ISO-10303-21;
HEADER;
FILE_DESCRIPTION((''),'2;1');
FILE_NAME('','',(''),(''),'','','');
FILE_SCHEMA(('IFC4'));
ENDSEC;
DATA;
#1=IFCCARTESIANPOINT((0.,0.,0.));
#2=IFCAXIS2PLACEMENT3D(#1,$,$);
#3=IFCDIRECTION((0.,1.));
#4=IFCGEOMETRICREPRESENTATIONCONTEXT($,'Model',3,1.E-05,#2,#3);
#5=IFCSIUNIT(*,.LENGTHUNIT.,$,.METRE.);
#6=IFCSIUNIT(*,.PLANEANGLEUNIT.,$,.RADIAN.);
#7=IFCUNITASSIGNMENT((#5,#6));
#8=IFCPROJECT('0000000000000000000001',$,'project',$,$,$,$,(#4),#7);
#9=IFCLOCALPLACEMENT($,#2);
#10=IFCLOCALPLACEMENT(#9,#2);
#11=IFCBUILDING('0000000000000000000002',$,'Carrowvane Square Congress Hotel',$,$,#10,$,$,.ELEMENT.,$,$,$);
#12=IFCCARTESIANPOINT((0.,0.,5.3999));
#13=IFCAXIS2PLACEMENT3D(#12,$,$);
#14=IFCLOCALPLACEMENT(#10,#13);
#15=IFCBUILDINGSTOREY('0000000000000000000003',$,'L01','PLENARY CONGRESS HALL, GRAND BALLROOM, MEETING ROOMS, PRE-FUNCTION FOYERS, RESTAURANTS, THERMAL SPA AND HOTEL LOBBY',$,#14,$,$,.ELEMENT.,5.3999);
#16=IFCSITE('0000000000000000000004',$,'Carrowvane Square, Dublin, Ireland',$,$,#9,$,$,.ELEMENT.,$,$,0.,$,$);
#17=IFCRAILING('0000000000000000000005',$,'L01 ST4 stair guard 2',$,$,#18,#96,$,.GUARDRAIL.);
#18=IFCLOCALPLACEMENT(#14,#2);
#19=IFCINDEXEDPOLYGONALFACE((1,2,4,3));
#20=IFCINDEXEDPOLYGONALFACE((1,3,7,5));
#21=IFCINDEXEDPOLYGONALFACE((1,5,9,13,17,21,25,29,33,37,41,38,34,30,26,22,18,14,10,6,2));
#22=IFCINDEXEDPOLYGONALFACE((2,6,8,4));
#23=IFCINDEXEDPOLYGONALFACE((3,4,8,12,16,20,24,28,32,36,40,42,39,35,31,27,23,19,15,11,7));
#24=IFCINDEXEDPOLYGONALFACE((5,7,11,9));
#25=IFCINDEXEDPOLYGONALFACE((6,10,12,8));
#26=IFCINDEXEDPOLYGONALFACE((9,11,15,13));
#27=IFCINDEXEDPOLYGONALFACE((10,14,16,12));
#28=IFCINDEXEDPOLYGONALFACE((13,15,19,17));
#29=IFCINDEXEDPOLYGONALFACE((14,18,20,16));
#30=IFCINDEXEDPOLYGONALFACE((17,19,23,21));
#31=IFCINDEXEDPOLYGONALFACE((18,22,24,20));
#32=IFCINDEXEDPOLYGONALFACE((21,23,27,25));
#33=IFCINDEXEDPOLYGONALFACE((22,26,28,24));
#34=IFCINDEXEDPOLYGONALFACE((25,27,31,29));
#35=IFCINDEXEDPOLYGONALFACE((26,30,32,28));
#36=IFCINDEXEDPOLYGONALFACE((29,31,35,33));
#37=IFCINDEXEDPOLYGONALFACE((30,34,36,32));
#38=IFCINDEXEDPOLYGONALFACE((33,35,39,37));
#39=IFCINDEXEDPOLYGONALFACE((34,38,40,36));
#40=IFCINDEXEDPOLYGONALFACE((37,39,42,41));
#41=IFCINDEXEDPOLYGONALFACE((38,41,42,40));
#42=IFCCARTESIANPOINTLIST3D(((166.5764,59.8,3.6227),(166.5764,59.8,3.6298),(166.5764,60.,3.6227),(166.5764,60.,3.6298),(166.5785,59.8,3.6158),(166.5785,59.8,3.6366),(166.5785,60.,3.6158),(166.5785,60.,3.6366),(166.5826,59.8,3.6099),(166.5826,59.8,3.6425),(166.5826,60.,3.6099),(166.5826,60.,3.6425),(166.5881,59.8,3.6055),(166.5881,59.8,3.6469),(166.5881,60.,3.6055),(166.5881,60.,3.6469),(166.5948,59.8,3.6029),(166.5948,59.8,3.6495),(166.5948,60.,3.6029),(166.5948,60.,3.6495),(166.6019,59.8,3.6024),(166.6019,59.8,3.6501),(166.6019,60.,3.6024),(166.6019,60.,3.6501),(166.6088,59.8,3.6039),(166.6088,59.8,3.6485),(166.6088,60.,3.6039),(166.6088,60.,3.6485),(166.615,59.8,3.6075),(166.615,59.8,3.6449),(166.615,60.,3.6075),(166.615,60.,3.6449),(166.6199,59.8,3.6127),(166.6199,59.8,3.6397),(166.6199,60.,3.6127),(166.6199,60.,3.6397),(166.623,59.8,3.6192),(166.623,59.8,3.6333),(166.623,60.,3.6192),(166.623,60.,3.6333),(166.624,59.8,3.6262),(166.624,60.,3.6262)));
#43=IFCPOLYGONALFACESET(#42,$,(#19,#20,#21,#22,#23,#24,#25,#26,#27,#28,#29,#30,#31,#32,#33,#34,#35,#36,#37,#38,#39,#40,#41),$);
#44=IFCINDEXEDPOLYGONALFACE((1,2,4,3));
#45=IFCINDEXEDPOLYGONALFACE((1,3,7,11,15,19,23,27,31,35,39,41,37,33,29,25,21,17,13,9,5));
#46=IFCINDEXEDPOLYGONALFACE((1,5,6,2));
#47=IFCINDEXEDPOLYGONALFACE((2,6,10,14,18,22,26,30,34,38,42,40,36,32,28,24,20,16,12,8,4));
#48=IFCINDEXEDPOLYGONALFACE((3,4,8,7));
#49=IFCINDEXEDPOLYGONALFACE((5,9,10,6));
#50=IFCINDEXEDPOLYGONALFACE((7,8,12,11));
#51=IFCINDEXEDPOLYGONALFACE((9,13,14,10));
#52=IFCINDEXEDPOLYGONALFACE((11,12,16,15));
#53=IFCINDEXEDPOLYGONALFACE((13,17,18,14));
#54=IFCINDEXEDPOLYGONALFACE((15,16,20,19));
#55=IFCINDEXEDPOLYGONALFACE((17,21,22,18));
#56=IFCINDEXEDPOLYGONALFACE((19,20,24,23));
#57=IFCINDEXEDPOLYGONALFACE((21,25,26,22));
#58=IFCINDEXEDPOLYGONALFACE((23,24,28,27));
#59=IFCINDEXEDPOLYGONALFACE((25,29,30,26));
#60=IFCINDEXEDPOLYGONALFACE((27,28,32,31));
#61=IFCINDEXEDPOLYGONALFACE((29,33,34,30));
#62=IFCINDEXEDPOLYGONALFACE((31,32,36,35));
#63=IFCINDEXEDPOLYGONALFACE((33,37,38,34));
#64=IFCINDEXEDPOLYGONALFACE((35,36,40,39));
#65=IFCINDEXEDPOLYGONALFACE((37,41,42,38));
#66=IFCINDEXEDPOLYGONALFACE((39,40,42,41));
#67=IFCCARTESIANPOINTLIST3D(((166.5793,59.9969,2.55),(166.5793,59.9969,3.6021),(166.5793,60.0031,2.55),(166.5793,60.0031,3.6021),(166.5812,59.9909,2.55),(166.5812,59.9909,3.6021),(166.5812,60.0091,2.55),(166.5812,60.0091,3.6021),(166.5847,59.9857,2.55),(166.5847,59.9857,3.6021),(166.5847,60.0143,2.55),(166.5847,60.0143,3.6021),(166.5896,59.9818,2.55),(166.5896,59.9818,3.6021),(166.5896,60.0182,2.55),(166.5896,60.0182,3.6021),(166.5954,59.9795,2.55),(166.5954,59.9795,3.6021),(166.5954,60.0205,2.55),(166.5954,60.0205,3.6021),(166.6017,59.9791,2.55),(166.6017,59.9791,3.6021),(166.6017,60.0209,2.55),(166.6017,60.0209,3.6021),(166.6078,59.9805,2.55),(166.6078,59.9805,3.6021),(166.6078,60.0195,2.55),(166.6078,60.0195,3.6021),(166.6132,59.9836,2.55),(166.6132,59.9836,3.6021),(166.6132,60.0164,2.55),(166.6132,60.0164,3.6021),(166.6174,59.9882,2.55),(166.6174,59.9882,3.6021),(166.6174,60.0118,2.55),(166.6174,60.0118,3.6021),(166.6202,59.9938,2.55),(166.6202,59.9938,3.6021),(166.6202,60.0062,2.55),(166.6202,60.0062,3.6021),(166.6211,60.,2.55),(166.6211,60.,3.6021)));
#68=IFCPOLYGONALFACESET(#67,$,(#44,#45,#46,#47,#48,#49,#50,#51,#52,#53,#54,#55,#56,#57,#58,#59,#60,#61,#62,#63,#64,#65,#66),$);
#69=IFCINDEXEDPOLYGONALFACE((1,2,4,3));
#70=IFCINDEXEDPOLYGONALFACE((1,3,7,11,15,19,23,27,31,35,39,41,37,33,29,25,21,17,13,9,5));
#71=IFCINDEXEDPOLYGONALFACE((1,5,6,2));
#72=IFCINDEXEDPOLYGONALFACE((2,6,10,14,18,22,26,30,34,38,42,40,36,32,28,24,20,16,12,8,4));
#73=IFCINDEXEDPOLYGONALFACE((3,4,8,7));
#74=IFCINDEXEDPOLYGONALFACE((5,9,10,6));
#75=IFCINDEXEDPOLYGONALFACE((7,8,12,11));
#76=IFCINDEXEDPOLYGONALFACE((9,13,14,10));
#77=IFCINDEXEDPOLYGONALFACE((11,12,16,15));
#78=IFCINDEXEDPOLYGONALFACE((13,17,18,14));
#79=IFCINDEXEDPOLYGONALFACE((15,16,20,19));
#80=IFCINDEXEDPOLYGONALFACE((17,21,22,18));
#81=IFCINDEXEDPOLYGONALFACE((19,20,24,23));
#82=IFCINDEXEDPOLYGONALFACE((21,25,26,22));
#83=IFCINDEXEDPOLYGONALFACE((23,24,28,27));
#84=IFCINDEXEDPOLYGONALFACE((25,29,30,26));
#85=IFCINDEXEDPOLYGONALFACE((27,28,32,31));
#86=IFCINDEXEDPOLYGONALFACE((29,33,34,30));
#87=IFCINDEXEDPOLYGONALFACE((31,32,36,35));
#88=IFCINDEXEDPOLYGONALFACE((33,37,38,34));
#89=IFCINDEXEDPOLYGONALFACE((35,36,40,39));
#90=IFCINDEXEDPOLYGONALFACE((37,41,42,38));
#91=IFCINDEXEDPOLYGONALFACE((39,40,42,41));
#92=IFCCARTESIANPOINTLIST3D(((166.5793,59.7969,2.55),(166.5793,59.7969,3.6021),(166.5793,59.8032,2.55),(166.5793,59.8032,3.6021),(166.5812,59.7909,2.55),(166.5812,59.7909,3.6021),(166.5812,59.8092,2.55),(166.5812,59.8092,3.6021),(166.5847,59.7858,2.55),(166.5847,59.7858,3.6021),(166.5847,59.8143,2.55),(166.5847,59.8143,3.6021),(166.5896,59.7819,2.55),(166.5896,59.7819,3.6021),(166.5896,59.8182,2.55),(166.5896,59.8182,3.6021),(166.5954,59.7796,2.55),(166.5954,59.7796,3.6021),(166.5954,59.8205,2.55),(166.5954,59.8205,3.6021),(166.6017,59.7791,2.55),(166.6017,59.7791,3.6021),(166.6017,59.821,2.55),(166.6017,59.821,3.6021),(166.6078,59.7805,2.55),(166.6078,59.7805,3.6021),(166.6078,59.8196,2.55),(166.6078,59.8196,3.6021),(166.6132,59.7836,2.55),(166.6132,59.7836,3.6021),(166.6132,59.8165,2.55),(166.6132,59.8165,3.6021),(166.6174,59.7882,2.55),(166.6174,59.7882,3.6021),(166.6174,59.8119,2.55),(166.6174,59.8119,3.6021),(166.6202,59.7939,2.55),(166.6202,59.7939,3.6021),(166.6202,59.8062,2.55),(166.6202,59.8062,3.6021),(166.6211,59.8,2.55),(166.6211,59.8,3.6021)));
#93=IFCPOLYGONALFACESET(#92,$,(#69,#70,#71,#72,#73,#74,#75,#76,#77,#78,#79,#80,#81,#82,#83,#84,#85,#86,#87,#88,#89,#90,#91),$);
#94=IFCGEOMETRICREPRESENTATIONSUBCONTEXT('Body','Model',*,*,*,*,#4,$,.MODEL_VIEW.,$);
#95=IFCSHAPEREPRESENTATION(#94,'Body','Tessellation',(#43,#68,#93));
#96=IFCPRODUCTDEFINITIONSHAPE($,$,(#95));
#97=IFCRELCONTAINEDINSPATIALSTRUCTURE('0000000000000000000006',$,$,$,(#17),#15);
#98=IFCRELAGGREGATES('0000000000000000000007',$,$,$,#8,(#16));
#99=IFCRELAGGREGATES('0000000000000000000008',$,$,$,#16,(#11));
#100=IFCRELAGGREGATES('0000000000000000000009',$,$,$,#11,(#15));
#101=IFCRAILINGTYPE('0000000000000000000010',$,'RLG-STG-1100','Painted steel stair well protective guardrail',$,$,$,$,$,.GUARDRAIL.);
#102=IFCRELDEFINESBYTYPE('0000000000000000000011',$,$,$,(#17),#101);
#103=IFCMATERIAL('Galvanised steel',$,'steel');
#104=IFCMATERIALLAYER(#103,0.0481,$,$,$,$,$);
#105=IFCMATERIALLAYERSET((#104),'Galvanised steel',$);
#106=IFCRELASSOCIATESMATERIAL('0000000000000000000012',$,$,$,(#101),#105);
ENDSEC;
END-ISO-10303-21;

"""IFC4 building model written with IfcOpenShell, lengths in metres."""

from ifc_helpers import new_model, si_unit, direction, frame, origin, origin_2d, place, context, subcontext, project, spatial, circle, extrude, material, layer, layer_set, type_object, element, save


model = new_model("IFC4")

# Units and contexts
model_context = context("Model", 3, precision=1e-05, world=origin(), true_north=direction((0.0, 1.0)))
body_context = subcontext(model_context, "Body", "Model", "MODEL_VIEW")
ifc_project = project(units=[si_unit("LENGTHUNIT", "METRE"), si_unit("PLANEANGLEUNIT", "RADIAN")], contexts=[model_context])

# Site, building, storey
site_placement = place(None, origin())
site = spatial("IfcSite", under=ifc_project, at=site_placement, Name="Carrowvane Square, Dublin, Ireland", CompositionType="ELEMENT", RefElevation=0.0)
building_placement = place(site_placement, origin())
building = spatial("IfcBuilding", under=site, at=building_placement, Name="Carrowvane Square Congress Hotel", CompositionType="ELEMENT")
storey_placement = place(building_placement, frame((0.0, 0.0, 5.3999)))
storey = spatial("IfcBuildingStorey", under=building, at=storey_placement, Name="L01", Description="PLENARY CONGRESS HALL, GRAND BALLROOM, MEETING ROOMS, PRE-FUNCTION FOYERS, RESTAURANTS, THERMAL SPA AND HOTEL LOBBY", CompositionType="ELEMENT", Elevation=5.3999)

# Railing
ifc_material_1 = material(Name="Galvanised steel", Category="steel")
ifc_layer_1 = layer(ifc_material_1, 0.0481)
ifc_layer_set_1 = layer_set([ifc_layer_1], Name="Galvanised steel")
railing_type_1 = type_object("IfcRailingType", Name="RLG-STG-1100", Description="Painted steel stair well protective guardrail", PredefinedType="GUARDRAIL", material=ifc_layer_set_1)
railing_1_placement = place(storey_placement, frame((166.6001, 60.0, 2.55)))
element("IfcRailing", 1, at=railing_1_placement, inside=storey, type_object=railing_type_1, Name="L01 ST4 stair guard 2", PredefinedType="GUARDRAIL", context=body_context, shape_type="SweptSolid", body=[
    extrude(circle(Radius=0.0239, at=origin_2d()), frame((0.0, 0.0, 1.0762), z_axis=(0.0, -1.0, 0.0), x_axis=(1.0, 0.0, 0.0)), (0.0, 0.0, 1.0), 0.2),
    extrude(circle(Radius=0.021, at=origin_2d()), origin(), (0.0, 0.0, 1.0), 1.052),
    extrude(circle(Radius=0.021, at=origin_2d()), frame((0.0, -0.2, 0.0)), (0.0, 0.0, 1.0), 1.052),
])

save(model, "model.ifc")
